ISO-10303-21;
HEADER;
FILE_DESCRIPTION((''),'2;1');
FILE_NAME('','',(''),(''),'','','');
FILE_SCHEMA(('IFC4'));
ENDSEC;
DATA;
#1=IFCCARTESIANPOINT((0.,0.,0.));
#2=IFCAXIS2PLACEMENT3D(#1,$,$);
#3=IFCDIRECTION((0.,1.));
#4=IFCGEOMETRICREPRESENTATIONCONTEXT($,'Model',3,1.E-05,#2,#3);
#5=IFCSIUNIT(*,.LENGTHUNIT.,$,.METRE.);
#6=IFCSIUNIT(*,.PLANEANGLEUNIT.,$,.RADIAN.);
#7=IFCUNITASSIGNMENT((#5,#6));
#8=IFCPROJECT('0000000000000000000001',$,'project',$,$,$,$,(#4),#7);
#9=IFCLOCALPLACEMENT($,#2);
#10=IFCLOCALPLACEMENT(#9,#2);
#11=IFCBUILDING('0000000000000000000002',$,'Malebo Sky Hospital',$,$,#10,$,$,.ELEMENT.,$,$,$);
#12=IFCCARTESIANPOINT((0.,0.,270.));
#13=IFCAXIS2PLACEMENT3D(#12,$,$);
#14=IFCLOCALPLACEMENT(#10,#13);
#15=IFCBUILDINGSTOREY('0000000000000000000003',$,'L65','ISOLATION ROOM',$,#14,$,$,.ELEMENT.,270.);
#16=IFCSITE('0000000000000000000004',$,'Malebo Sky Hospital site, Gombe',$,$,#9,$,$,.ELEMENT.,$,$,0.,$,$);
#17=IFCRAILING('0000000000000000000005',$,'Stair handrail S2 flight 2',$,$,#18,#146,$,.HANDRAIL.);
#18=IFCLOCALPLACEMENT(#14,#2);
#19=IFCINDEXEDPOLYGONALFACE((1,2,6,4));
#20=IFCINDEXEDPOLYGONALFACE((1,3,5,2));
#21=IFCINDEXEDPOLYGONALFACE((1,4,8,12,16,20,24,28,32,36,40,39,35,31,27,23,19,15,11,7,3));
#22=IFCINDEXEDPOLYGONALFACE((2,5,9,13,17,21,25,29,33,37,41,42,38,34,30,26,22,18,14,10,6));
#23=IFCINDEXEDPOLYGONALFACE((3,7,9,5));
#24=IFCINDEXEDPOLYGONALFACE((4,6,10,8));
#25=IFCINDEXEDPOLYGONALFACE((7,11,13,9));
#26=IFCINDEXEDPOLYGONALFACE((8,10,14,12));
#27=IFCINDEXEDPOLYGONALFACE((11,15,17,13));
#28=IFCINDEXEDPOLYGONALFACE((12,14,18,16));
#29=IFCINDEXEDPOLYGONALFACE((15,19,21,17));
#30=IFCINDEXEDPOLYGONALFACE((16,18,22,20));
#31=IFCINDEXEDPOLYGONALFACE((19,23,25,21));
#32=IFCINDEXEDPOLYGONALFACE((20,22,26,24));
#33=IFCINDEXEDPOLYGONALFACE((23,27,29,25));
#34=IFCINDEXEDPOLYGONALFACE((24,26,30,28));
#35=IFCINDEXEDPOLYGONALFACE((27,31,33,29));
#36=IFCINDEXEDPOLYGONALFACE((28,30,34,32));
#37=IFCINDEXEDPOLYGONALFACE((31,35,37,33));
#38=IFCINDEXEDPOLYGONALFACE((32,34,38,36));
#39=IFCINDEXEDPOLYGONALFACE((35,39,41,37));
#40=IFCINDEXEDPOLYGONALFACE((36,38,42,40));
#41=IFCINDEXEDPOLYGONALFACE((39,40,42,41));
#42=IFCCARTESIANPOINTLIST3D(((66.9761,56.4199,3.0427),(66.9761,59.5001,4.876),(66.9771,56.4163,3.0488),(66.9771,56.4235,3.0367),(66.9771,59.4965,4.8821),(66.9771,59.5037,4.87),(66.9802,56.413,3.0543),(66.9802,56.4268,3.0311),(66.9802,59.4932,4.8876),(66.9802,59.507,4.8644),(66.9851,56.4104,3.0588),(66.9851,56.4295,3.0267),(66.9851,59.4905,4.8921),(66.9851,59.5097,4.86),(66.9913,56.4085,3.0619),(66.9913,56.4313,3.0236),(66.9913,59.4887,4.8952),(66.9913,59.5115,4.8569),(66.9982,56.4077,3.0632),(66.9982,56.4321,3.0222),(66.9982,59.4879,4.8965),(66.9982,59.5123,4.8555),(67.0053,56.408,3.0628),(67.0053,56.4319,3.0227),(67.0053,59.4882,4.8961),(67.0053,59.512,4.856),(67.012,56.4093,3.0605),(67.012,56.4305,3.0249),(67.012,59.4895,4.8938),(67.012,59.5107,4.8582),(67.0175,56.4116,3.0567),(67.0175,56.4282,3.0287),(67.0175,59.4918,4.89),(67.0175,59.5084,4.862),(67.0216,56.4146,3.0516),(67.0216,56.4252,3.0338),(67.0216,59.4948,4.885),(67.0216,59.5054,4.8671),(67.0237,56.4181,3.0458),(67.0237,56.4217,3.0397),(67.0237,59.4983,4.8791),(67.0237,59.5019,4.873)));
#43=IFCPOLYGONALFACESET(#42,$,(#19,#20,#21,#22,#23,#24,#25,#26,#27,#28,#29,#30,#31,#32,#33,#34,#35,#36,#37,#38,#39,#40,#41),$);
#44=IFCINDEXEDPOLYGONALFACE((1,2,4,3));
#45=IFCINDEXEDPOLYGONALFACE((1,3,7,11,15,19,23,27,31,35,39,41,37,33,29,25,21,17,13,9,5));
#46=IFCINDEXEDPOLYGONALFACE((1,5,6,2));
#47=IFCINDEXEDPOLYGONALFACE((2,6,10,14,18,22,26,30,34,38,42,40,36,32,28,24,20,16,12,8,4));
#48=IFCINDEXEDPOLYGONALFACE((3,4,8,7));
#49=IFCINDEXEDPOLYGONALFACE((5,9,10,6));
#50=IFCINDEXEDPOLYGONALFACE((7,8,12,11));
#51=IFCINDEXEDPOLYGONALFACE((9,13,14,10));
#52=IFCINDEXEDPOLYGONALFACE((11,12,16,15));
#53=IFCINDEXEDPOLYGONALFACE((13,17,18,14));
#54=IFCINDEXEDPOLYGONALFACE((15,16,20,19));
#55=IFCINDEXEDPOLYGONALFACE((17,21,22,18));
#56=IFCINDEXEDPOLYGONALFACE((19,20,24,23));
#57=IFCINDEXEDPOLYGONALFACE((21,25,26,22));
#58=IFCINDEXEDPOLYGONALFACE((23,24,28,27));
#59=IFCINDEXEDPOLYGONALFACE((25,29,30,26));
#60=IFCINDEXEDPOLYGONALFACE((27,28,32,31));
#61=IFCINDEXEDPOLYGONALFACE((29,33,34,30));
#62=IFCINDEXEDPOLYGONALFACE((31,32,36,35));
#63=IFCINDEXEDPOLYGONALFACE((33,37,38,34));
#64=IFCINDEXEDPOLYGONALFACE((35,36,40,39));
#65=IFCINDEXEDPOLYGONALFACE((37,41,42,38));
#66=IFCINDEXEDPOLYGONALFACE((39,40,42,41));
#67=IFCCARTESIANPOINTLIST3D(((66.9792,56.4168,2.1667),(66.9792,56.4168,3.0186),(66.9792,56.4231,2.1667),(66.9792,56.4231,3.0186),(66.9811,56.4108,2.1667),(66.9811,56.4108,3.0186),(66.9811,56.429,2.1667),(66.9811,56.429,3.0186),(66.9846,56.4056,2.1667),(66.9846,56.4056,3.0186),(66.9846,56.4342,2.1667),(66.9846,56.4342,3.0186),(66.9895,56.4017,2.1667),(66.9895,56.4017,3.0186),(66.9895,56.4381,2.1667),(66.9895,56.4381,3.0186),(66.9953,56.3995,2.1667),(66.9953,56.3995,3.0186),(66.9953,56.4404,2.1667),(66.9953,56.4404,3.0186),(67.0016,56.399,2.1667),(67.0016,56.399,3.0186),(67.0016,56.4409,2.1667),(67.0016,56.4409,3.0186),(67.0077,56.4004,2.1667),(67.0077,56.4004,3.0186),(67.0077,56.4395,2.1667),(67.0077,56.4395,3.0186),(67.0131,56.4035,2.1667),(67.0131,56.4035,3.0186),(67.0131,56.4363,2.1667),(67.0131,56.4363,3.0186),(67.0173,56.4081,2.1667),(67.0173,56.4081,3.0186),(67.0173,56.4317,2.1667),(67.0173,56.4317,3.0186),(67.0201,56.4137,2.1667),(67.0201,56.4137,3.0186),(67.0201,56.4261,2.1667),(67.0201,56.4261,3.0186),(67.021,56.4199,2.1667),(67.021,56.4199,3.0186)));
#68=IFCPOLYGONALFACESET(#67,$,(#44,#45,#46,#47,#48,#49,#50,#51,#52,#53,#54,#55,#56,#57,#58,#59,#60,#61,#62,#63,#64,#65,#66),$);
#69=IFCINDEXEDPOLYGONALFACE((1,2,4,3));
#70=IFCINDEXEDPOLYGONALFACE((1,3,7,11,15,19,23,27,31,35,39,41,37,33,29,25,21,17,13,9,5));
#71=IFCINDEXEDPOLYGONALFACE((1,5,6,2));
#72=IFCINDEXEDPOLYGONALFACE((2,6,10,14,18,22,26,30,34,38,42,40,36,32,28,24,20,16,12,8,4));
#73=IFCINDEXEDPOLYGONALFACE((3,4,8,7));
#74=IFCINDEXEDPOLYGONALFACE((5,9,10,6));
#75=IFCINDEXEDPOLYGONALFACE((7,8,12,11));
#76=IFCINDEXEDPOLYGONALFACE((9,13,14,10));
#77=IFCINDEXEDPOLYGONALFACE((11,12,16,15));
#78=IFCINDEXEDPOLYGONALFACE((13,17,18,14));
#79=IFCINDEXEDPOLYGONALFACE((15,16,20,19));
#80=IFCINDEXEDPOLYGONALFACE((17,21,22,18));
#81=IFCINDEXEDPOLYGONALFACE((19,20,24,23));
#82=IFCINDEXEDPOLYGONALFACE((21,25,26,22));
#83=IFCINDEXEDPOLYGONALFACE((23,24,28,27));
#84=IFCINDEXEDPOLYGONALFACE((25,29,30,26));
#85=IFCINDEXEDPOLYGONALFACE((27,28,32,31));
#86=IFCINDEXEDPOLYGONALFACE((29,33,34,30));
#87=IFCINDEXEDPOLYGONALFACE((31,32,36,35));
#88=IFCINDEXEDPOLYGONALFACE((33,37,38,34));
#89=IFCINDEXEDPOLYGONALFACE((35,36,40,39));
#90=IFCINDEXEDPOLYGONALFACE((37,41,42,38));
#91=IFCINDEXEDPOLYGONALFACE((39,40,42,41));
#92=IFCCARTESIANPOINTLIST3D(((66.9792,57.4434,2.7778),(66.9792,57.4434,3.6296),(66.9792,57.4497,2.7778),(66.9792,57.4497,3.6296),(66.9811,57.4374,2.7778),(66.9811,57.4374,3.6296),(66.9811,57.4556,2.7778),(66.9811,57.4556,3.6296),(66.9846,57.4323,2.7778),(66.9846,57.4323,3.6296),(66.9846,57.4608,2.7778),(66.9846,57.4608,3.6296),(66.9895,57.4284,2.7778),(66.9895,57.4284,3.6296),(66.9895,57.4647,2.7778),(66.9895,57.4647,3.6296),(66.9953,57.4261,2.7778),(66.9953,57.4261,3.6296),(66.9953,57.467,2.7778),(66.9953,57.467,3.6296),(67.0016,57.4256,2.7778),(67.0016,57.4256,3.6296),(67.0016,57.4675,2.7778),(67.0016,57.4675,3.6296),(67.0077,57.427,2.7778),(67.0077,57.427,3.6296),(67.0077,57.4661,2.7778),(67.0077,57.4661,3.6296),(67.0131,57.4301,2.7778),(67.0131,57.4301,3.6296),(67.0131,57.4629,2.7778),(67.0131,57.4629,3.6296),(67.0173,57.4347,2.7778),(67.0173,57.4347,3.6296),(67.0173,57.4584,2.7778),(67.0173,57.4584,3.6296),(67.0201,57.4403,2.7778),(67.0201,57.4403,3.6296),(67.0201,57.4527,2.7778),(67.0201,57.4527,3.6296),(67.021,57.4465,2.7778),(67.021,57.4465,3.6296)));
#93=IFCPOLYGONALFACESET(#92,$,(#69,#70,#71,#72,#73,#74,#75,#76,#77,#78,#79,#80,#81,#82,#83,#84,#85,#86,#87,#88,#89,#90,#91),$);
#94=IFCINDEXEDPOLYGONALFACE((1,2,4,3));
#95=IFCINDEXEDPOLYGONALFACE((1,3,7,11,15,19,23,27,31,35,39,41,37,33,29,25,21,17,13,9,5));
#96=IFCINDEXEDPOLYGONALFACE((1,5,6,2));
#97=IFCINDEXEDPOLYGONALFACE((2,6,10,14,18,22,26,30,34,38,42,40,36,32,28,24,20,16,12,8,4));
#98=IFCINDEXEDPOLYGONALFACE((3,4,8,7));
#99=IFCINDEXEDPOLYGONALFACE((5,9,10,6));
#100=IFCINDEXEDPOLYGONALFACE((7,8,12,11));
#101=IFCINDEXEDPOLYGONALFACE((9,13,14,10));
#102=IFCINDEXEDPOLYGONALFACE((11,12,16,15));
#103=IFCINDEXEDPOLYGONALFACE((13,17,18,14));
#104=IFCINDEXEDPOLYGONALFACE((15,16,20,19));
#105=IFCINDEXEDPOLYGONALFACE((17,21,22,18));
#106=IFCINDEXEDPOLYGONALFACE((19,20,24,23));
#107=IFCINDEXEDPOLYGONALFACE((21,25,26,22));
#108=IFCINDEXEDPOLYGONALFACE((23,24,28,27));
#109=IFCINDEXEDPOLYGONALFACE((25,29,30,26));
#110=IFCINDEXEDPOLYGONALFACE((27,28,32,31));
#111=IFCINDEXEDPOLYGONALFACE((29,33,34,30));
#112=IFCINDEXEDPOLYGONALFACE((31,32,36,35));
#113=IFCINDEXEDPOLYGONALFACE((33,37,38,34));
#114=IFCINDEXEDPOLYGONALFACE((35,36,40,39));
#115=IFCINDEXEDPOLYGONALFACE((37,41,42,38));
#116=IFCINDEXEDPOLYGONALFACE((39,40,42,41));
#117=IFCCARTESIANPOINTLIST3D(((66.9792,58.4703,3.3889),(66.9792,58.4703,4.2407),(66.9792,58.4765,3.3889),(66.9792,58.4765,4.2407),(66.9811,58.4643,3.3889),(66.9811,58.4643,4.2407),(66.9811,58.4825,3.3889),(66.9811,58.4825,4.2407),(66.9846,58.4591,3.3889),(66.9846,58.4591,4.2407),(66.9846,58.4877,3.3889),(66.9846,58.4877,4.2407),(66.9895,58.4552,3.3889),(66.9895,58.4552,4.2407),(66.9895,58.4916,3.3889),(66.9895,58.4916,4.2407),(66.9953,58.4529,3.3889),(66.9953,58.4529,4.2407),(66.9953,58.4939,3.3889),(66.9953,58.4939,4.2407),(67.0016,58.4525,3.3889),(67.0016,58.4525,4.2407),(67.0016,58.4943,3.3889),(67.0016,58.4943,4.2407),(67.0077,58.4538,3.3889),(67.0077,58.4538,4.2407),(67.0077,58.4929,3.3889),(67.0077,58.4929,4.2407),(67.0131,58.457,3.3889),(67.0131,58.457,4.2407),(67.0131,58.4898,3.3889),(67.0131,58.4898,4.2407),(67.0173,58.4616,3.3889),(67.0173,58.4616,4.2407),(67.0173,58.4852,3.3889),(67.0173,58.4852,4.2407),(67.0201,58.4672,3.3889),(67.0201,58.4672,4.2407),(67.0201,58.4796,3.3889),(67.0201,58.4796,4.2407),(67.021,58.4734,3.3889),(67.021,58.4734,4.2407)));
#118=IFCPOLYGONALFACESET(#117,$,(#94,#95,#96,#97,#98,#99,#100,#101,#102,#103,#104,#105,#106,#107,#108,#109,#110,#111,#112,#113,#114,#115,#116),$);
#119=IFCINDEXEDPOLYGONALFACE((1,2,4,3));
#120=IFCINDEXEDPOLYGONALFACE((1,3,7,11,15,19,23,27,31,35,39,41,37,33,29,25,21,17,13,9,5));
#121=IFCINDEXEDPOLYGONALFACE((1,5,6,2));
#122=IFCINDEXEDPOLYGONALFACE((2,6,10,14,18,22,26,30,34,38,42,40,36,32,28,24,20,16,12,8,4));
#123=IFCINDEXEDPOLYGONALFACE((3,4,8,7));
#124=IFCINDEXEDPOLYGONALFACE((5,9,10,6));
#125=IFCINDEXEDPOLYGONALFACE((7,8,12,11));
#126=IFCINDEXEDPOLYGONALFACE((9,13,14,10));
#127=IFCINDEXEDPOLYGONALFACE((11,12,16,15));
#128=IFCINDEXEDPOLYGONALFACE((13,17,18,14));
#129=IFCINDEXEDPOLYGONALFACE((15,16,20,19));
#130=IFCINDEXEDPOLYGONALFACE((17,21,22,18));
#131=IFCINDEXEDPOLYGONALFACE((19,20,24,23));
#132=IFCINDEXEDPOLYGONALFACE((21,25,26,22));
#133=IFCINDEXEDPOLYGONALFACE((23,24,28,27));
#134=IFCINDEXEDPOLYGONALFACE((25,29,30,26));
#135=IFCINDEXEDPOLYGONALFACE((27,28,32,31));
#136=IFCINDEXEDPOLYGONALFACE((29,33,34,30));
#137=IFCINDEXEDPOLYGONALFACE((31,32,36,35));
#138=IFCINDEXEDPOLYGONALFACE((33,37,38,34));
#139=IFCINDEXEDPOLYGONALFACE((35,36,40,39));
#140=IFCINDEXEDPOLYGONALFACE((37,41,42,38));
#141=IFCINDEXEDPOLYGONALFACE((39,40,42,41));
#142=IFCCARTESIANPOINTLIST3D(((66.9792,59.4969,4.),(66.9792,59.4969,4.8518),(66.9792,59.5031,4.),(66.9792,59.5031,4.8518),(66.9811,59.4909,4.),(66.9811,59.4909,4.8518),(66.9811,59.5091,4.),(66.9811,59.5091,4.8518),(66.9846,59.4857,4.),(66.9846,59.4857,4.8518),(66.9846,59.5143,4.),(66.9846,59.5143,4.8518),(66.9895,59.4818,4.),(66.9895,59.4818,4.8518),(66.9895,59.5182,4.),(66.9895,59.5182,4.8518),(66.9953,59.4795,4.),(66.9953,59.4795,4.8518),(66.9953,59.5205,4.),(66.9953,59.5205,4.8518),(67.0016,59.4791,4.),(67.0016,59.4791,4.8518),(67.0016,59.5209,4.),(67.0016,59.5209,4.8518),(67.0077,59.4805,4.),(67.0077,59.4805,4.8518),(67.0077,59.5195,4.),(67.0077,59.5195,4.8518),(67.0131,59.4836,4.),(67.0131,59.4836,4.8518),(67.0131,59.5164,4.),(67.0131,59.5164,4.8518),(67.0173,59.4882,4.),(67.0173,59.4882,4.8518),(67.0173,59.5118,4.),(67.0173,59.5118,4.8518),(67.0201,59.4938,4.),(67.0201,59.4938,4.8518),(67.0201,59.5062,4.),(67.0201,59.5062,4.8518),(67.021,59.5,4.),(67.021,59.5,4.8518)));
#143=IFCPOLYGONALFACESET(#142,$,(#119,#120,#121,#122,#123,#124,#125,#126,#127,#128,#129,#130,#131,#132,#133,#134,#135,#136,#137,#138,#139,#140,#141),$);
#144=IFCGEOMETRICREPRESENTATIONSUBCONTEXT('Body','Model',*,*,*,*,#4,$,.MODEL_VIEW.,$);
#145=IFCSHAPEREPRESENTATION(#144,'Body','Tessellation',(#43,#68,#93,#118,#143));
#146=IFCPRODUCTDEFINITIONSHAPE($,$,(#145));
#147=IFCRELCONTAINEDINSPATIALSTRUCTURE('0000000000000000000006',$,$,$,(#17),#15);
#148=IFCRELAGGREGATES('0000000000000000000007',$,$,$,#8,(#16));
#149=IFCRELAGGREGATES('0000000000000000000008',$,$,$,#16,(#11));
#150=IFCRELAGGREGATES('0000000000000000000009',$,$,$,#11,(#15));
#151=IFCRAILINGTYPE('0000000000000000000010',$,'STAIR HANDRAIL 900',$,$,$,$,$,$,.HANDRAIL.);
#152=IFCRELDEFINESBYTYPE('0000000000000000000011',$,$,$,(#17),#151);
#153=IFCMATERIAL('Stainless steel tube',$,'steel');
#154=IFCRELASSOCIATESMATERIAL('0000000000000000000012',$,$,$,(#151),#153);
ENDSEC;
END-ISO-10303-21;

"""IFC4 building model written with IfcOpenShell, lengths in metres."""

from ifc_helpers import new_model, si_unit, direction, frame, origin, origin_2d, place, context, subcontext, project, spatial, circle, extrude, material, type_object, element, save


model = new_model("IFC4")

# Units and contexts
model_context = context("Model", 3, precision=1e-05, world=origin(), true_north=direction((0.0, 1.0)))
body_context = subcontext(model_context, "Body", "Model", "MODEL_VIEW")
ifc_project = project(units=[si_unit("LENGTHUNIT", "METRE"), si_unit("PLANEANGLEUNIT", "RADIAN")], contexts=[model_context])

# Site, building, storey
site_placement = place(None, origin())
site = spatial("IfcSite", under=ifc_project, at=site_placement, Name="Malebo Sky Hospital site, Gombe", CompositionType="ELEMENT", RefElevation=0.0)
building_placement = place(site_placement, origin())
building = spatial("IfcBuilding", under=site, at=building_placement, Name="Malebo Sky Hospital", CompositionType="ELEMENT")
storey_placement = place(building_placement, frame((0.0, 0.0, 270.0)))
storey = spatial("IfcBuildingStorey", under=building, at=storey_placement, Name="L65", Description="ISOLATION ROOM", CompositionType="ELEMENT", Elevation=270.0)

# Railing
ifc_material_1 = material(Name="Stainless steel tube", Category="steel")
railing_type = type_object("IfcRailingType", Name="STAIR HANDRAIL 900", PredefinedType="HANDRAIL", material=ifc_material_1)
railing_1_placement = place(storey_placement, frame((67.0, 56.4199, 2.1667)))
element("IfcRailing", 1, at=railing_1_placement, inside=storey, type_object=railing_type, Name="Stair handrail S2 flight 2", PredefinedType="HANDRAIL", context=body_context, shape_type="SweptSolid", body=[
    extrude(circle(Radius=0.0239, at=origin_2d()), frame((0.0, 0.0, 0.876), z_axis=(0.0, 0.859309, 0.511458), x_axis=(-1.0, 0.0, 0.0)), (0.0, 0.0, 1.0), 3.5845),
    extrude(circle(Radius=0.021, at=origin_2d()), origin(), (0.0, 0.0, 1.0), 0.8518),
    extrude(circle(Radius=0.021, at=origin_2d()), frame((0.0, 1.0266, 0.6111)), (0.0, 0.0, 1.0), 0.8518),
    extrude(circle(Radius=0.021, at=origin_2d()), frame((0.0, 2.0535, 1.2222)), (0.0, 0.0, 1.0), 0.8518),
    extrude(circle(Radius=0.021, at=origin_2d()), frame((0.0, 3.0801, 1.8333)), (0.0, 0.0, 1.0), 0.8518),
])

save(model, "model.ifc")
